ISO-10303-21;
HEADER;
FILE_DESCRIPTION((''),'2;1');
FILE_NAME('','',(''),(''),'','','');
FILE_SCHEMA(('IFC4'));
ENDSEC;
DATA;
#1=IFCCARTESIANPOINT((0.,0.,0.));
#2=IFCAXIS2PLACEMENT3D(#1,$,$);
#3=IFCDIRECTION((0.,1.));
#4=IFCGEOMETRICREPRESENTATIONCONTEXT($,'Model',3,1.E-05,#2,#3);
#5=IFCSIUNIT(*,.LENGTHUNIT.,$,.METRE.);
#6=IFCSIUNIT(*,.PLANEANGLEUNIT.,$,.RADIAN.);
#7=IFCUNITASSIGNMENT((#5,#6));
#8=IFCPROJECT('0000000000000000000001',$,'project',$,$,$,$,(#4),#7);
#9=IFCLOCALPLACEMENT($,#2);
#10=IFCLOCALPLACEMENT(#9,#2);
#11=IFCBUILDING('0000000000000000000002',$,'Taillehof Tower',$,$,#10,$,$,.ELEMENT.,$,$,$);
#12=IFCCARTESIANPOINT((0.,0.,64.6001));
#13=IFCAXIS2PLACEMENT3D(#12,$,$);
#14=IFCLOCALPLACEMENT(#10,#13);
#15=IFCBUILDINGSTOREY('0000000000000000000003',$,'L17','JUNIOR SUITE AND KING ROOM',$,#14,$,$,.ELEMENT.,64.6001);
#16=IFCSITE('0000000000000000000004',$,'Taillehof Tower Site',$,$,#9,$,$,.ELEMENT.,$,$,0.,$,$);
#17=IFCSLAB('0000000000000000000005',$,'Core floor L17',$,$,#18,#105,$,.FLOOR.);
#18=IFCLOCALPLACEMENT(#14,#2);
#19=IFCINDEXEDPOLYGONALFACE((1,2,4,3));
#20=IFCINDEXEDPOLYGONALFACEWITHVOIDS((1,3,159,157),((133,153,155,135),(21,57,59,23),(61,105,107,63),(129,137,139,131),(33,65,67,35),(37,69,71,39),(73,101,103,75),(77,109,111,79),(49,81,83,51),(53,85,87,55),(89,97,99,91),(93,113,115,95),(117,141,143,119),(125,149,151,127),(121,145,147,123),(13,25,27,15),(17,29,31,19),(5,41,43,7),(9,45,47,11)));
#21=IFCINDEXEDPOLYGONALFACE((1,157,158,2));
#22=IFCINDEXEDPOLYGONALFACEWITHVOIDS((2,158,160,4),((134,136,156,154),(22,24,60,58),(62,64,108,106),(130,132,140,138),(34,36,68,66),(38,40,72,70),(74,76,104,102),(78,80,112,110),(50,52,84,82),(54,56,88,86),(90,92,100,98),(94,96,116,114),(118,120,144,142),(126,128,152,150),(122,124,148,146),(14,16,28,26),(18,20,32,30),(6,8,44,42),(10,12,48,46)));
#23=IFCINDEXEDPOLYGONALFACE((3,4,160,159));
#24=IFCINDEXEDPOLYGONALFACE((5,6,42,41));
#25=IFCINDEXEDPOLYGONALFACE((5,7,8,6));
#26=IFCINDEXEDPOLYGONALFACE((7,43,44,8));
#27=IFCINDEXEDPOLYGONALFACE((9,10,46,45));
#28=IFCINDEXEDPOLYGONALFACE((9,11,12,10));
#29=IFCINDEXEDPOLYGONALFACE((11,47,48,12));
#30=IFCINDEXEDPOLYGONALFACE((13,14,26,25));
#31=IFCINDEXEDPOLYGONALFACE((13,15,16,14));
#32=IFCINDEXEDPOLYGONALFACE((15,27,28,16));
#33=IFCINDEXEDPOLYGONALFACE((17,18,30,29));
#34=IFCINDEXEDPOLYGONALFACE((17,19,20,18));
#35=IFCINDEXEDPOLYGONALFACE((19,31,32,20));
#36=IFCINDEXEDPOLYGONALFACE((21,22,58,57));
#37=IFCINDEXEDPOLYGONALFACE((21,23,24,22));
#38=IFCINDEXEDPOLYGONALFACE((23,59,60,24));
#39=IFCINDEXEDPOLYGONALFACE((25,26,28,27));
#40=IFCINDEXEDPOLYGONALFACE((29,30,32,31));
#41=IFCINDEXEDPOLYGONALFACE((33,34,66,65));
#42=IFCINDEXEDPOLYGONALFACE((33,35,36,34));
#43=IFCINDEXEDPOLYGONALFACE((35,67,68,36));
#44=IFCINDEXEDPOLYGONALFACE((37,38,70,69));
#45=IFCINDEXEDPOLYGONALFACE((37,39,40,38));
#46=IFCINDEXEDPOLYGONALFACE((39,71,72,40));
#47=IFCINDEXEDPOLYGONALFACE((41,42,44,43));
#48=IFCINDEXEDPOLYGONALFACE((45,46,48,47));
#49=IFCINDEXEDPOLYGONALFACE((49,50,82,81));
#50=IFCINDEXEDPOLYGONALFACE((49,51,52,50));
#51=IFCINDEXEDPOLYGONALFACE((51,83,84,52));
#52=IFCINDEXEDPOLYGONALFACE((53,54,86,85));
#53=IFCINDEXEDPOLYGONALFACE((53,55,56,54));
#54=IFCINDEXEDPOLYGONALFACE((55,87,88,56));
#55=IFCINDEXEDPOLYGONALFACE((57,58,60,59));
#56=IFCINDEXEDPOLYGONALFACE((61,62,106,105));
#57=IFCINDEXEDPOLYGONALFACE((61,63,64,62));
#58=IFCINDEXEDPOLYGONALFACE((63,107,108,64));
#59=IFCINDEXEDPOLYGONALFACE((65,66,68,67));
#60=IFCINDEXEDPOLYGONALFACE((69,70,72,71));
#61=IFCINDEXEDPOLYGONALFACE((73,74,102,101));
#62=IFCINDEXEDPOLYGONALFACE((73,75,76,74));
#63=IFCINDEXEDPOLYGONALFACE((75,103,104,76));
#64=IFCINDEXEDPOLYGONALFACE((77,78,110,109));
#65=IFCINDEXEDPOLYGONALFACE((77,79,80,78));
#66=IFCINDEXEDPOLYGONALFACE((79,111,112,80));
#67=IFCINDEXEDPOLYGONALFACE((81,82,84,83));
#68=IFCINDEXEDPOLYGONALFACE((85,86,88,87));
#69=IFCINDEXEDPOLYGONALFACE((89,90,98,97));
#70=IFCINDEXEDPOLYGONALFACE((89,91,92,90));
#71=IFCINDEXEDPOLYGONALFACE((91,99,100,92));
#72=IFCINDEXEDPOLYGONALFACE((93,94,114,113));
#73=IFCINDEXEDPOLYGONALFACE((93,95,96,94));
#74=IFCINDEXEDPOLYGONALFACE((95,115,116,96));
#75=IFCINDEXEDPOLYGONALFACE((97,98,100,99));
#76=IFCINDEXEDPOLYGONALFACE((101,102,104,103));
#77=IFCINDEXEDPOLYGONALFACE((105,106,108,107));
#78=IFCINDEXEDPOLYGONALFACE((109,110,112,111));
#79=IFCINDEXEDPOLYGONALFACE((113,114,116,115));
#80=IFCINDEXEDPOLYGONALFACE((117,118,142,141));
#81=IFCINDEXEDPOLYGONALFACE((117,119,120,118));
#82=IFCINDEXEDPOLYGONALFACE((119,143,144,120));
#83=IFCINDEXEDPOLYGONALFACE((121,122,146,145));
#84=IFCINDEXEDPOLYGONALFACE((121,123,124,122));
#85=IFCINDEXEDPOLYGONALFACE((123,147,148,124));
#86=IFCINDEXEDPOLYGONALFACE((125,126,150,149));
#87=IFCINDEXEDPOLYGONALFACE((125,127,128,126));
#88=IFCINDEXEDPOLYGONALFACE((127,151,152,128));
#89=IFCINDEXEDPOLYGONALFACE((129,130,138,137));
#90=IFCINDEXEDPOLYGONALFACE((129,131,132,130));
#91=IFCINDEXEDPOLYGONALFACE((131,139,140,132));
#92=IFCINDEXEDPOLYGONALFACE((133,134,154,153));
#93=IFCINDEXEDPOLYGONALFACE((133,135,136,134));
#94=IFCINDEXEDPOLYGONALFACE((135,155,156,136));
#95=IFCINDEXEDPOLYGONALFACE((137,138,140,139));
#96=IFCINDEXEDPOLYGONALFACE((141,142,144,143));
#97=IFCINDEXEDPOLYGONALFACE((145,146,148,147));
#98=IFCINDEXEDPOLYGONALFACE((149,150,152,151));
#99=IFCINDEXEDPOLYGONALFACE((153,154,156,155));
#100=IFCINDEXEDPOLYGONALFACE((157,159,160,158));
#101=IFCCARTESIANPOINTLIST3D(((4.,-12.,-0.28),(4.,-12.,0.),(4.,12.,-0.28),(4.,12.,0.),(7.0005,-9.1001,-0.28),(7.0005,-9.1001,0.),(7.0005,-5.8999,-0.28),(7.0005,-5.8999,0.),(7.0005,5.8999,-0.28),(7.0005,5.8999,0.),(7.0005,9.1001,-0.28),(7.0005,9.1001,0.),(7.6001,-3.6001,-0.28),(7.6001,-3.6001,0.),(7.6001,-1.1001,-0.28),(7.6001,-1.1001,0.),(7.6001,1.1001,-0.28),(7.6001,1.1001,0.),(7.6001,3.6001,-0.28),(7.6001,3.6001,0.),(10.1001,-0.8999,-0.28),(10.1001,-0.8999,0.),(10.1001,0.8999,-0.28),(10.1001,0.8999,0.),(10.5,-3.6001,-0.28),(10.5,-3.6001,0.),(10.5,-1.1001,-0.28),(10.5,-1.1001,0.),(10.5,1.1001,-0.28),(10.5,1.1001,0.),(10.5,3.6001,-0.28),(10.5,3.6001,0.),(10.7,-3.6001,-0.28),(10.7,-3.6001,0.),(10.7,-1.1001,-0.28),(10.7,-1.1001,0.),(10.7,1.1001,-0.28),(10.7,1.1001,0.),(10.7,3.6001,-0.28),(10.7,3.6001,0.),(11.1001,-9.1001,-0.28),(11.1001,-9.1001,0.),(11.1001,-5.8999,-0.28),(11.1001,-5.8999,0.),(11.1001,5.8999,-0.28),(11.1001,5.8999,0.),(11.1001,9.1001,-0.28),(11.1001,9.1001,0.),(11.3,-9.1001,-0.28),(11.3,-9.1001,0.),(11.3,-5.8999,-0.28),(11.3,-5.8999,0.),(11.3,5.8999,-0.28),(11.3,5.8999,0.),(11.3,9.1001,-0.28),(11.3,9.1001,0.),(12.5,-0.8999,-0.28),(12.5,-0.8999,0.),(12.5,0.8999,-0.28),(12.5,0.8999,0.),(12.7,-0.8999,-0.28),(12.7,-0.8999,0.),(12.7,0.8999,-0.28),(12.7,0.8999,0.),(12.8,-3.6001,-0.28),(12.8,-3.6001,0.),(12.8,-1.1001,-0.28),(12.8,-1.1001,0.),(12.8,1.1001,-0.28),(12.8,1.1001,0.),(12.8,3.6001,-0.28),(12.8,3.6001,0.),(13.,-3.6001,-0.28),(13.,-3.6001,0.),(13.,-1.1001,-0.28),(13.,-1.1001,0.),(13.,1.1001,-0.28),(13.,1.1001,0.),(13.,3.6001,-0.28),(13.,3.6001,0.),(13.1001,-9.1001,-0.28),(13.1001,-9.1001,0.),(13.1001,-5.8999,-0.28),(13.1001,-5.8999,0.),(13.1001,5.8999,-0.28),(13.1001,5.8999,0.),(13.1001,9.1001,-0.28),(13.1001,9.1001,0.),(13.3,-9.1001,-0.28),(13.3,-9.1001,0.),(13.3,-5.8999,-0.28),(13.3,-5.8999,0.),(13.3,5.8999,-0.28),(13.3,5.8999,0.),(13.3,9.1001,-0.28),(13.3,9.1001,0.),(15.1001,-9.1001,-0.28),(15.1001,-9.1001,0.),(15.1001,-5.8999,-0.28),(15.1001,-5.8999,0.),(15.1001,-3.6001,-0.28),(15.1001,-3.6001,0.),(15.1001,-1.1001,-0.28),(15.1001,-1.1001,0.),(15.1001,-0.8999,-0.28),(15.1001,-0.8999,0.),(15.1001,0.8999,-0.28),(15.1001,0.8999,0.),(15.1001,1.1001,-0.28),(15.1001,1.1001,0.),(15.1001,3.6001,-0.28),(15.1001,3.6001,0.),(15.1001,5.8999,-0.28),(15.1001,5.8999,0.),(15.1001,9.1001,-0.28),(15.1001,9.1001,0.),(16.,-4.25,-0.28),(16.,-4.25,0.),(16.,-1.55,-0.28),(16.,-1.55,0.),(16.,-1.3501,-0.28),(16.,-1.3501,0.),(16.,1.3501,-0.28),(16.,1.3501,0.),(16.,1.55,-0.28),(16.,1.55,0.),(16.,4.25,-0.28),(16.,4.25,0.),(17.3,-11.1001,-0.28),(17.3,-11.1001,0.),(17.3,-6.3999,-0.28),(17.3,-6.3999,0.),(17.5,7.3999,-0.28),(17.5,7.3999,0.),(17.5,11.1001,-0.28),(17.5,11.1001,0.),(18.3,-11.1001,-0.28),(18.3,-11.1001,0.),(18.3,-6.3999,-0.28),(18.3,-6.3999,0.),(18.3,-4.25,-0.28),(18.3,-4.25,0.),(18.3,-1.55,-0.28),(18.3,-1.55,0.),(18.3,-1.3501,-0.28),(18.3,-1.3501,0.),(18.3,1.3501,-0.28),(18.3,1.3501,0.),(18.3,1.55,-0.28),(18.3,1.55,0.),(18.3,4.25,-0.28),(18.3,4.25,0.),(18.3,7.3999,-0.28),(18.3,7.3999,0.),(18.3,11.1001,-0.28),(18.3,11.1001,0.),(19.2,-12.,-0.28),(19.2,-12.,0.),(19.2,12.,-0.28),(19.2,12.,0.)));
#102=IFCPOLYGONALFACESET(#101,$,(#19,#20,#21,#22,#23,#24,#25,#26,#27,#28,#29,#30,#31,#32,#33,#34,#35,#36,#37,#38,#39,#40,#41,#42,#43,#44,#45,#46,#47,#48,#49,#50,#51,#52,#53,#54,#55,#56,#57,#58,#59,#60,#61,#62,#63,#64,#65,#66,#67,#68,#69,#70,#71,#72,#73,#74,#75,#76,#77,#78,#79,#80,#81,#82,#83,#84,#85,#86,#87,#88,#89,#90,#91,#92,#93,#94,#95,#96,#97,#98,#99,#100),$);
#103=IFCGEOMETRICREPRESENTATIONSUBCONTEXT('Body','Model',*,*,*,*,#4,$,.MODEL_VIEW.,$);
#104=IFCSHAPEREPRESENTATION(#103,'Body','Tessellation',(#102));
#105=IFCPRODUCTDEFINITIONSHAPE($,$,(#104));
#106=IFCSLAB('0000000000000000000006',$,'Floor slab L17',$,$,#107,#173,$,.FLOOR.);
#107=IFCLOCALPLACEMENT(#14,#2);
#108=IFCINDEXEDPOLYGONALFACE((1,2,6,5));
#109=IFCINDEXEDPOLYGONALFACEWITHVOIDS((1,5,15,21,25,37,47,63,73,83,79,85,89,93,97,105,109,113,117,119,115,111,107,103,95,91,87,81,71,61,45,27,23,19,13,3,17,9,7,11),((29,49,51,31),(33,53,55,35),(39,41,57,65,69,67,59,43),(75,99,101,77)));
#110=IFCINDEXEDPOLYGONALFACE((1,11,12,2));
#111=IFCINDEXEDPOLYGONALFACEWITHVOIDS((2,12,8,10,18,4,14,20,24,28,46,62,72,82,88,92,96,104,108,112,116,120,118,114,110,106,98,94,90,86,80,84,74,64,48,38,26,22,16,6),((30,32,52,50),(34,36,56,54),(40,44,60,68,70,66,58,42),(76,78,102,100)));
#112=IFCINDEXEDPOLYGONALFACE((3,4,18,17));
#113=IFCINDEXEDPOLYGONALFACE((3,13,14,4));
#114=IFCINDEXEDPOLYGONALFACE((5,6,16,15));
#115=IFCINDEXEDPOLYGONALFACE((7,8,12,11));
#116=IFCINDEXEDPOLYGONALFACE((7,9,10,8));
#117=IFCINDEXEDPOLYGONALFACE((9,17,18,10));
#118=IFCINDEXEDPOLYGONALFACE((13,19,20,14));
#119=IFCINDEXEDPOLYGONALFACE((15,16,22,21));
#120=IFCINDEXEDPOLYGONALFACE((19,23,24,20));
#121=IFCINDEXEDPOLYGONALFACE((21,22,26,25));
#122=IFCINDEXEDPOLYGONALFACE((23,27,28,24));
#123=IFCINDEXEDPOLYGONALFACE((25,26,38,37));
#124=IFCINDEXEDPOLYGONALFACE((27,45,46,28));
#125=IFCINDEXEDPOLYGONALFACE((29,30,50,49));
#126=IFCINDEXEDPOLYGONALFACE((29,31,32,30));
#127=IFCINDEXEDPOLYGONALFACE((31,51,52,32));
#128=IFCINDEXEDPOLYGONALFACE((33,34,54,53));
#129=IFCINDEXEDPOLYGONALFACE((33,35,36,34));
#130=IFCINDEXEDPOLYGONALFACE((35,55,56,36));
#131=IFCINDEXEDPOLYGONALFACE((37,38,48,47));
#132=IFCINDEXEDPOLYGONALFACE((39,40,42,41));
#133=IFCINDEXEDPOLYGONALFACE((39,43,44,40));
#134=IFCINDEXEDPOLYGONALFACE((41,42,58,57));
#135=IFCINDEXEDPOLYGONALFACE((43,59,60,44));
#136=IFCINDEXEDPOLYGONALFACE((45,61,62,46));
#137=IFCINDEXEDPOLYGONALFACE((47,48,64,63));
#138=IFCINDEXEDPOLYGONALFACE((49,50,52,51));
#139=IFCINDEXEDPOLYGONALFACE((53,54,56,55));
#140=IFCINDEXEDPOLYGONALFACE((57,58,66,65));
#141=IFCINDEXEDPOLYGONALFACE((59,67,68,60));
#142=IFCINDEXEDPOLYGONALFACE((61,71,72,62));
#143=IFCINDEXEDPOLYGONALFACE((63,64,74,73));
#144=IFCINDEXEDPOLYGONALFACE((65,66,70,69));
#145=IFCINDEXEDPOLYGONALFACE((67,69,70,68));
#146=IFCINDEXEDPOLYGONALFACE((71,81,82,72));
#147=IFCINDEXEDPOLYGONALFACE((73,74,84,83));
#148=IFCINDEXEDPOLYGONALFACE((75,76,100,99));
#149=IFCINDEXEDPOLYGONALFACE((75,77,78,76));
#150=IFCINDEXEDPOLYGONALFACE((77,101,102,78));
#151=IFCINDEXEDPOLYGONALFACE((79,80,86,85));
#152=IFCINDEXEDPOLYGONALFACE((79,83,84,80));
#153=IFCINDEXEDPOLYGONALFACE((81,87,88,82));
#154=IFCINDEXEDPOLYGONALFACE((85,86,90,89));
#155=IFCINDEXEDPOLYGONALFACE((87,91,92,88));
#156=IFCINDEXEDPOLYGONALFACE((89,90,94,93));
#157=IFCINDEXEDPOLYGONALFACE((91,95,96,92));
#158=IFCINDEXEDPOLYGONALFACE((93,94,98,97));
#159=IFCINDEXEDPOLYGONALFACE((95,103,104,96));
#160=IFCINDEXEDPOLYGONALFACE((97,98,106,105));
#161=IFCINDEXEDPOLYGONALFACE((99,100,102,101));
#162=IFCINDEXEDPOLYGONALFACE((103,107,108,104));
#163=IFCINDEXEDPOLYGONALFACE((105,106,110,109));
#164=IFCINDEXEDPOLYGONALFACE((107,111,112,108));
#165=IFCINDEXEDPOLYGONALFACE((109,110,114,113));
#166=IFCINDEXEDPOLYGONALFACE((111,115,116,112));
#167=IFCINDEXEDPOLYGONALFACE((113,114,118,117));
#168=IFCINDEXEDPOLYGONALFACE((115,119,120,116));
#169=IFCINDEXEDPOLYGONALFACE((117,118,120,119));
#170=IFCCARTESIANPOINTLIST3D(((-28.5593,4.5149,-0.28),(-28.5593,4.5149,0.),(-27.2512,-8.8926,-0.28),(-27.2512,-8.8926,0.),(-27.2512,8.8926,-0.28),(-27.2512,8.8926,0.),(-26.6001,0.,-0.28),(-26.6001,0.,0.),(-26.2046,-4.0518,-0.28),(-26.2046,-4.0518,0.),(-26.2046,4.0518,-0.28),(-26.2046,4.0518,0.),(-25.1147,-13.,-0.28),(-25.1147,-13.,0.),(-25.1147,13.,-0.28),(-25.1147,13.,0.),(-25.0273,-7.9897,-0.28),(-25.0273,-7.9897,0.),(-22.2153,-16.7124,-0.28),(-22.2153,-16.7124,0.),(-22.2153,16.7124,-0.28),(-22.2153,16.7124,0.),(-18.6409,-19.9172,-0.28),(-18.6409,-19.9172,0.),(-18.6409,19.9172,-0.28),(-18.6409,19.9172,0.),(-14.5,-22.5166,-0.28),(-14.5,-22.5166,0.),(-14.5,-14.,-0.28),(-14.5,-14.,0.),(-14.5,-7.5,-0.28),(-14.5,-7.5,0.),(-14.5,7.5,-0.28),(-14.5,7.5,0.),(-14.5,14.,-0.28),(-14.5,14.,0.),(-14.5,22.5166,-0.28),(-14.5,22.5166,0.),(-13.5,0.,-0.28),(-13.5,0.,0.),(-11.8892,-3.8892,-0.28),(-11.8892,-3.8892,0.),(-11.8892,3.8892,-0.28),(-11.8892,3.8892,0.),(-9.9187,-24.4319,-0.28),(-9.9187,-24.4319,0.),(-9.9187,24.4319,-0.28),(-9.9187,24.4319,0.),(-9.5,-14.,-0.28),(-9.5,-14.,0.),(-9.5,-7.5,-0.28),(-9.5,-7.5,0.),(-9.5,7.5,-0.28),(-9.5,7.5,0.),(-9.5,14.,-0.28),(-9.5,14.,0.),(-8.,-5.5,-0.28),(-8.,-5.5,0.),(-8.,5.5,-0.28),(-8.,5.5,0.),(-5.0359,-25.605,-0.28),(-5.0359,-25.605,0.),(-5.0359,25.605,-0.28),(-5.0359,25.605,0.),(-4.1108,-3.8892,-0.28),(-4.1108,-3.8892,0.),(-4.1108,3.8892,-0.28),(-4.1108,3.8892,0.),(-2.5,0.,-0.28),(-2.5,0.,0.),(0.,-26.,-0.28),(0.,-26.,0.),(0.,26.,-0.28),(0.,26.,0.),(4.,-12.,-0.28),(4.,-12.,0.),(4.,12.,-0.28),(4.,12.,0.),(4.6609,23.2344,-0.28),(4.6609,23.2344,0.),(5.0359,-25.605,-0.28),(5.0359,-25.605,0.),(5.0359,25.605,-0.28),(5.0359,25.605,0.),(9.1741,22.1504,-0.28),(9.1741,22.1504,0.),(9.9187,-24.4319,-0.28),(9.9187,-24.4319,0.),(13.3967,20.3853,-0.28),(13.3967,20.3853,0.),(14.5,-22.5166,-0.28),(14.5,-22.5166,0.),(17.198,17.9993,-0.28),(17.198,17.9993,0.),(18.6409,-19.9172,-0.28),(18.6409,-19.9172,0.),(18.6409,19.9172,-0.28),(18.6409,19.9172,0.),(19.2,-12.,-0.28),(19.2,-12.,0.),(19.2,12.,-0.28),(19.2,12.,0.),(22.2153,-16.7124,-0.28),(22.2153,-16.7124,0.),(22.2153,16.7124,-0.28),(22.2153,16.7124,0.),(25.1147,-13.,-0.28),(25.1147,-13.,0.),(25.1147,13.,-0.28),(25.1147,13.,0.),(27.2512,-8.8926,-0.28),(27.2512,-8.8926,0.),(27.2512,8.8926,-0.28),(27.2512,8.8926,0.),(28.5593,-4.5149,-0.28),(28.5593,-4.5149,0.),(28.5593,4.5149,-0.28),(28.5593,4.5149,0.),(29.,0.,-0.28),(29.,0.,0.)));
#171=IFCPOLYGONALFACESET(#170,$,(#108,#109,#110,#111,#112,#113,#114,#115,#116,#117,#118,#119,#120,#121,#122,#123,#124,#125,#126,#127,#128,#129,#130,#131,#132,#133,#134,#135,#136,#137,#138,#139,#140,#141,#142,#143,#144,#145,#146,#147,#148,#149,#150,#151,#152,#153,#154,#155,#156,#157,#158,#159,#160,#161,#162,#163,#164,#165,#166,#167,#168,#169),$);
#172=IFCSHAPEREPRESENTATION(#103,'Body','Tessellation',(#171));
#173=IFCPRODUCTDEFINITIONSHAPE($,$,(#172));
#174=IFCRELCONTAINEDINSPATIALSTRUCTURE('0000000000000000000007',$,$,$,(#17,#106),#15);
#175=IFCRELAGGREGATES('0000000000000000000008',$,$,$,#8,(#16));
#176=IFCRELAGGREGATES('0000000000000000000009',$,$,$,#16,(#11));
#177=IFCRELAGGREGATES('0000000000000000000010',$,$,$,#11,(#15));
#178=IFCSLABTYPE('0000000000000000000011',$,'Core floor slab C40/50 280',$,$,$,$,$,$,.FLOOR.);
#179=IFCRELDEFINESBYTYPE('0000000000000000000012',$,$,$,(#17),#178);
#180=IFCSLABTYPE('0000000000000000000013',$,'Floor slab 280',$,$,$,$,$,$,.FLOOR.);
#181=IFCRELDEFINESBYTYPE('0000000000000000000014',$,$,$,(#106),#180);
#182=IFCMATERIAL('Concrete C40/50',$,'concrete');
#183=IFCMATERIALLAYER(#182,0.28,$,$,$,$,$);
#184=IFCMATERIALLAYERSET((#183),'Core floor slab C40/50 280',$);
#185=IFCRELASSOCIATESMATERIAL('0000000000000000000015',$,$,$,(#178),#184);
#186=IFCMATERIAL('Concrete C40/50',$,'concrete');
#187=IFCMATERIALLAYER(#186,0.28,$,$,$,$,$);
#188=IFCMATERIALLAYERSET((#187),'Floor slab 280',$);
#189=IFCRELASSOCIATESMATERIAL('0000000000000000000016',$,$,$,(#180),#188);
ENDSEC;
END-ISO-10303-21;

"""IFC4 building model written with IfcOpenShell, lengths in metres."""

from ifc_helpers import new_model, si_unit, direction, frame, origin, place, context, subcontext, project, spatial, polyline, outline, extrude, material, layer, layer_set, type_object, element, save


model = new_model("IFC4")

# Units and contexts
model_context = context("Model", 3, precision=1e-05, world=origin(), true_north=direction((0.0, 1.0)))
body_context = subcontext(model_context, "Body", "Model", "MODEL_VIEW")
ifc_project = project(units=[si_unit("LENGTHUNIT", "METRE"), si_unit("PLANEANGLEUNIT", "RADIAN")], contexts=[model_context])

# Site, building, storey
site_placement = place(None, origin())
site = spatial("IfcSite", under=ifc_project, at=site_placement, Name="Taillehof Tower Site", CompositionType="ELEMENT", RefElevation=0.0)
building_placement = place(site_placement, origin())
building = spatial("IfcBuilding", under=site, at=building_placement, Name="Taillehof Tower", CompositionType="ELEMENT")
storey_placement = place(building_placement, frame((0.0, 0.0, 64.6001)))
storey = spatial("IfcBuildingStorey", under=building, at=storey_placement, Name="L17", Description="JUNIOR SUITE AND KING ROOM", CompositionType="ELEMENT", Elevation=64.6001)

# Slabs
ifc_material_1 = material(Name="Concrete C40/50", Category="concrete")
ifc_layer_1 = layer(ifc_material_1, 0.28)
ifc_layer_set_1 = layer_set([ifc_layer_1], Name="Core floor slab C40/50 280")
slab_type_1 = type_object("IfcSlabType", Name="Core floor slab C40/50 280", PredefinedType="FLOOR", material=ifc_layer_set_1)
slab_1_placement = place(storey_placement, frame((0.0, 0.0, -0.28)))
element("IfcSlab", 1, at=slab_1_placement, inside=storey, type_object=slab_type_1, Name="Core floor L17", PredefinedType="FLOOR", context=body_context, shape_type="SweptSolid", body=[
    extrude(outline(polyline([(4.0, -12.0), (4.0, 12.0), (19.2, 12.0), (19.2, -12.0), (4.0, -12.0)]), holes=[polyline([(7.0005, -9.1001), (11.1001, -9.1001), (11.1001, -5.8999), (7.0005, -5.8999), (7.0005, -9.1001)]), polyline([(13.1001, -9.1001), (13.1001, -5.8999), (11.3, -5.8999), (11.3, -9.1001), (13.1001, -9.1001)]), polyline([(10.5, -3.6001), (10.5, -1.1001), (7.6001, -1.1001), (7.6001, -3.6001), (10.5, -3.6001)]), polyline([(12.8, -3.6001), (12.8, -1.1001), (10.7, -1.1001), (10.7, -3.6001), (12.8, -3.6001)]), polyline([(12.5, -0.8999), (12.5, 0.8999), (10.1001, 0.8999), (10.1001, -0.8999), (12.5, -0.8999)]), polyline([(15.1001, -0.8999), (15.1001, 0.8999), (12.7, 0.8999), (12.7, -0.8999), (15.1001, -0.8999)]), polyline([(10.5, 1.1001), (10.5, 3.6001), (7.6001, 3.6001), (7.6001, 1.1001), (10.5, 1.1001)]), polyline([(10.7, 1.1001), (12.8, 1.1001), (12.8, 3.6001), (10.7, 3.6001), (10.7, 1.1001)]), polyline([(11.3, 5.8999), (13.1001, 5.8999), (13.1001, 9.1001), (11.3, 9.1001), (11.3, 5.8999)]), polyline([(11.1001, 5.8999), (11.1001, 9.1001), (7.0005, 9.1001), (7.0005, 5.8999), (11.1001, 5.8999)]), polyline([(18.3, -11.1001), (18.3, -6.3999), (17.3, -6.3999), (17.3, -11.1001), (18.3, -11.1001)]), polyline([(15.1001, -9.1001), (15.1001, -5.8999), (13.3, -5.8999), (13.3, -9.1001), (15.1001, -9.1001)]), polyline([(16.0, -4.25), (18.3, -4.25), (18.3, -1.55), (16.0, -1.55), (16.0, -4.25)]), polyline([(13.0, -3.6001), (15.1001, -3.6001), (15.1001, -1.1001), (13.0, -1.1001), (13.0, -3.6001)]), polyline([(18.3, -1.3501), (18.3, 1.3501), (16.0, 1.3501), (16.0, -1.3501), (18.3, -1.3501)]), polyline([(15.1001, 1.1001), (15.1001, 3.6001), (13.0, 3.6001), (13.0, 1.1001), (15.1001, 1.1001)]), polyline([(18.3, 1.55), (18.3, 4.25), (16.0, 4.25), (16.0, 1.55), (18.3, 1.55)]), polyline([(13.3, 5.8999), (15.1001, 5.8999), (15.1001, 9.1001), (13.3, 9.1001), (13.3, 5.8999)]), polyline([(17.5, 7.3999), (18.3, 7.3999), (18.3, 11.1001), (17.5, 11.1001), (17.5, 7.3999)])]), origin(), (0.0, 0.0, 1.0), 0.28),
])
ifc_material_2 = material(Name="Concrete C40/50", Category="concrete")
ifc_layer_2 = layer(ifc_material_2, 0.28)
ifc_layer_set_2 = layer_set([ifc_layer_2], Name="Floor slab 280")
slab_type_2 = type_object("IfcSlabType", Name="Floor slab 280", PredefinedType="FLOOR", material=ifc_layer_set_2)
slab_2_placement = place(storey_placement, frame((0.0, 0.0, -0.28)))
element("IfcSlab", 2, at=slab_2_placement, inside=storey, type_object=slab_type_2, Name="Floor slab L17", PredefinedType="FLOOR", context=body_context, shape_type="SweptSolid", body=[
    extrude(outline(polyline([(29.0, 0.0), (28.5593, 4.5149), (27.2512, 8.8926), (25.1147, 13.0), (22.2153, 16.7124), (18.6409, 19.9172), (17.198, 17.9993), (13.3967, 20.3853), (9.1741, 22.1504), (4.6609, 23.2344), (5.0359, 25.605), (0.0, 26.0), (-5.0359, 25.605), (-9.9187, 24.4319), (-14.5, 22.5166), (-18.6409, 19.9172), (-22.2153, 16.7124), (-25.1147, 13.0), (-27.2512, 8.8926), (-28.5593, 4.5149), (-26.2046, 4.0518), (-26.6001, 0.0), (-26.2046, -4.0518), (-25.0273, -7.9897), (-27.2512, -8.8926), (-25.1147, -13.0), (-22.2153, -16.7124), (-18.6409, -19.9172), (-14.5, -22.5166), (-9.9187, -24.4319), (-5.0359, -25.605), (0.0, -26.0), (5.0359, -25.605), (9.9187, -24.4319), (14.5, -22.5166), (18.6409, -19.9172), (22.2153, -16.7124), (25.1147, -13.0), (27.2512, -8.8926), (28.5593, -4.5149), (29.0, 0.0)]), holes=[polyline([(-14.5, -7.5), (-9.5, -7.5), (-9.5, -14.0), (-14.5, -14.0), (-14.5, -7.5)]), polyline([(-8.0, -5.5), (-11.8892, -3.8892), (-13.5, 0.0), (-11.8892, 3.8892), (-8.0, 5.5), (-4.1108, 3.8892), (-2.5, 0.0), (-4.1108, -3.8892), (-8.0, -5.5)]), polyline([(19.2, 12.0), (19.2, -12.0), (4.0, -12.0), (4.0, 12.0), (19.2, 12.0)]), polyline([(-14.5, 14.0), (-9.5, 14.0), (-9.5, 7.5), (-14.5, 7.5), (-14.5, 14.0)])]), origin(), (0.0, 0.0, 1.0), 0.28),
])

save(model, "model.ifc")
